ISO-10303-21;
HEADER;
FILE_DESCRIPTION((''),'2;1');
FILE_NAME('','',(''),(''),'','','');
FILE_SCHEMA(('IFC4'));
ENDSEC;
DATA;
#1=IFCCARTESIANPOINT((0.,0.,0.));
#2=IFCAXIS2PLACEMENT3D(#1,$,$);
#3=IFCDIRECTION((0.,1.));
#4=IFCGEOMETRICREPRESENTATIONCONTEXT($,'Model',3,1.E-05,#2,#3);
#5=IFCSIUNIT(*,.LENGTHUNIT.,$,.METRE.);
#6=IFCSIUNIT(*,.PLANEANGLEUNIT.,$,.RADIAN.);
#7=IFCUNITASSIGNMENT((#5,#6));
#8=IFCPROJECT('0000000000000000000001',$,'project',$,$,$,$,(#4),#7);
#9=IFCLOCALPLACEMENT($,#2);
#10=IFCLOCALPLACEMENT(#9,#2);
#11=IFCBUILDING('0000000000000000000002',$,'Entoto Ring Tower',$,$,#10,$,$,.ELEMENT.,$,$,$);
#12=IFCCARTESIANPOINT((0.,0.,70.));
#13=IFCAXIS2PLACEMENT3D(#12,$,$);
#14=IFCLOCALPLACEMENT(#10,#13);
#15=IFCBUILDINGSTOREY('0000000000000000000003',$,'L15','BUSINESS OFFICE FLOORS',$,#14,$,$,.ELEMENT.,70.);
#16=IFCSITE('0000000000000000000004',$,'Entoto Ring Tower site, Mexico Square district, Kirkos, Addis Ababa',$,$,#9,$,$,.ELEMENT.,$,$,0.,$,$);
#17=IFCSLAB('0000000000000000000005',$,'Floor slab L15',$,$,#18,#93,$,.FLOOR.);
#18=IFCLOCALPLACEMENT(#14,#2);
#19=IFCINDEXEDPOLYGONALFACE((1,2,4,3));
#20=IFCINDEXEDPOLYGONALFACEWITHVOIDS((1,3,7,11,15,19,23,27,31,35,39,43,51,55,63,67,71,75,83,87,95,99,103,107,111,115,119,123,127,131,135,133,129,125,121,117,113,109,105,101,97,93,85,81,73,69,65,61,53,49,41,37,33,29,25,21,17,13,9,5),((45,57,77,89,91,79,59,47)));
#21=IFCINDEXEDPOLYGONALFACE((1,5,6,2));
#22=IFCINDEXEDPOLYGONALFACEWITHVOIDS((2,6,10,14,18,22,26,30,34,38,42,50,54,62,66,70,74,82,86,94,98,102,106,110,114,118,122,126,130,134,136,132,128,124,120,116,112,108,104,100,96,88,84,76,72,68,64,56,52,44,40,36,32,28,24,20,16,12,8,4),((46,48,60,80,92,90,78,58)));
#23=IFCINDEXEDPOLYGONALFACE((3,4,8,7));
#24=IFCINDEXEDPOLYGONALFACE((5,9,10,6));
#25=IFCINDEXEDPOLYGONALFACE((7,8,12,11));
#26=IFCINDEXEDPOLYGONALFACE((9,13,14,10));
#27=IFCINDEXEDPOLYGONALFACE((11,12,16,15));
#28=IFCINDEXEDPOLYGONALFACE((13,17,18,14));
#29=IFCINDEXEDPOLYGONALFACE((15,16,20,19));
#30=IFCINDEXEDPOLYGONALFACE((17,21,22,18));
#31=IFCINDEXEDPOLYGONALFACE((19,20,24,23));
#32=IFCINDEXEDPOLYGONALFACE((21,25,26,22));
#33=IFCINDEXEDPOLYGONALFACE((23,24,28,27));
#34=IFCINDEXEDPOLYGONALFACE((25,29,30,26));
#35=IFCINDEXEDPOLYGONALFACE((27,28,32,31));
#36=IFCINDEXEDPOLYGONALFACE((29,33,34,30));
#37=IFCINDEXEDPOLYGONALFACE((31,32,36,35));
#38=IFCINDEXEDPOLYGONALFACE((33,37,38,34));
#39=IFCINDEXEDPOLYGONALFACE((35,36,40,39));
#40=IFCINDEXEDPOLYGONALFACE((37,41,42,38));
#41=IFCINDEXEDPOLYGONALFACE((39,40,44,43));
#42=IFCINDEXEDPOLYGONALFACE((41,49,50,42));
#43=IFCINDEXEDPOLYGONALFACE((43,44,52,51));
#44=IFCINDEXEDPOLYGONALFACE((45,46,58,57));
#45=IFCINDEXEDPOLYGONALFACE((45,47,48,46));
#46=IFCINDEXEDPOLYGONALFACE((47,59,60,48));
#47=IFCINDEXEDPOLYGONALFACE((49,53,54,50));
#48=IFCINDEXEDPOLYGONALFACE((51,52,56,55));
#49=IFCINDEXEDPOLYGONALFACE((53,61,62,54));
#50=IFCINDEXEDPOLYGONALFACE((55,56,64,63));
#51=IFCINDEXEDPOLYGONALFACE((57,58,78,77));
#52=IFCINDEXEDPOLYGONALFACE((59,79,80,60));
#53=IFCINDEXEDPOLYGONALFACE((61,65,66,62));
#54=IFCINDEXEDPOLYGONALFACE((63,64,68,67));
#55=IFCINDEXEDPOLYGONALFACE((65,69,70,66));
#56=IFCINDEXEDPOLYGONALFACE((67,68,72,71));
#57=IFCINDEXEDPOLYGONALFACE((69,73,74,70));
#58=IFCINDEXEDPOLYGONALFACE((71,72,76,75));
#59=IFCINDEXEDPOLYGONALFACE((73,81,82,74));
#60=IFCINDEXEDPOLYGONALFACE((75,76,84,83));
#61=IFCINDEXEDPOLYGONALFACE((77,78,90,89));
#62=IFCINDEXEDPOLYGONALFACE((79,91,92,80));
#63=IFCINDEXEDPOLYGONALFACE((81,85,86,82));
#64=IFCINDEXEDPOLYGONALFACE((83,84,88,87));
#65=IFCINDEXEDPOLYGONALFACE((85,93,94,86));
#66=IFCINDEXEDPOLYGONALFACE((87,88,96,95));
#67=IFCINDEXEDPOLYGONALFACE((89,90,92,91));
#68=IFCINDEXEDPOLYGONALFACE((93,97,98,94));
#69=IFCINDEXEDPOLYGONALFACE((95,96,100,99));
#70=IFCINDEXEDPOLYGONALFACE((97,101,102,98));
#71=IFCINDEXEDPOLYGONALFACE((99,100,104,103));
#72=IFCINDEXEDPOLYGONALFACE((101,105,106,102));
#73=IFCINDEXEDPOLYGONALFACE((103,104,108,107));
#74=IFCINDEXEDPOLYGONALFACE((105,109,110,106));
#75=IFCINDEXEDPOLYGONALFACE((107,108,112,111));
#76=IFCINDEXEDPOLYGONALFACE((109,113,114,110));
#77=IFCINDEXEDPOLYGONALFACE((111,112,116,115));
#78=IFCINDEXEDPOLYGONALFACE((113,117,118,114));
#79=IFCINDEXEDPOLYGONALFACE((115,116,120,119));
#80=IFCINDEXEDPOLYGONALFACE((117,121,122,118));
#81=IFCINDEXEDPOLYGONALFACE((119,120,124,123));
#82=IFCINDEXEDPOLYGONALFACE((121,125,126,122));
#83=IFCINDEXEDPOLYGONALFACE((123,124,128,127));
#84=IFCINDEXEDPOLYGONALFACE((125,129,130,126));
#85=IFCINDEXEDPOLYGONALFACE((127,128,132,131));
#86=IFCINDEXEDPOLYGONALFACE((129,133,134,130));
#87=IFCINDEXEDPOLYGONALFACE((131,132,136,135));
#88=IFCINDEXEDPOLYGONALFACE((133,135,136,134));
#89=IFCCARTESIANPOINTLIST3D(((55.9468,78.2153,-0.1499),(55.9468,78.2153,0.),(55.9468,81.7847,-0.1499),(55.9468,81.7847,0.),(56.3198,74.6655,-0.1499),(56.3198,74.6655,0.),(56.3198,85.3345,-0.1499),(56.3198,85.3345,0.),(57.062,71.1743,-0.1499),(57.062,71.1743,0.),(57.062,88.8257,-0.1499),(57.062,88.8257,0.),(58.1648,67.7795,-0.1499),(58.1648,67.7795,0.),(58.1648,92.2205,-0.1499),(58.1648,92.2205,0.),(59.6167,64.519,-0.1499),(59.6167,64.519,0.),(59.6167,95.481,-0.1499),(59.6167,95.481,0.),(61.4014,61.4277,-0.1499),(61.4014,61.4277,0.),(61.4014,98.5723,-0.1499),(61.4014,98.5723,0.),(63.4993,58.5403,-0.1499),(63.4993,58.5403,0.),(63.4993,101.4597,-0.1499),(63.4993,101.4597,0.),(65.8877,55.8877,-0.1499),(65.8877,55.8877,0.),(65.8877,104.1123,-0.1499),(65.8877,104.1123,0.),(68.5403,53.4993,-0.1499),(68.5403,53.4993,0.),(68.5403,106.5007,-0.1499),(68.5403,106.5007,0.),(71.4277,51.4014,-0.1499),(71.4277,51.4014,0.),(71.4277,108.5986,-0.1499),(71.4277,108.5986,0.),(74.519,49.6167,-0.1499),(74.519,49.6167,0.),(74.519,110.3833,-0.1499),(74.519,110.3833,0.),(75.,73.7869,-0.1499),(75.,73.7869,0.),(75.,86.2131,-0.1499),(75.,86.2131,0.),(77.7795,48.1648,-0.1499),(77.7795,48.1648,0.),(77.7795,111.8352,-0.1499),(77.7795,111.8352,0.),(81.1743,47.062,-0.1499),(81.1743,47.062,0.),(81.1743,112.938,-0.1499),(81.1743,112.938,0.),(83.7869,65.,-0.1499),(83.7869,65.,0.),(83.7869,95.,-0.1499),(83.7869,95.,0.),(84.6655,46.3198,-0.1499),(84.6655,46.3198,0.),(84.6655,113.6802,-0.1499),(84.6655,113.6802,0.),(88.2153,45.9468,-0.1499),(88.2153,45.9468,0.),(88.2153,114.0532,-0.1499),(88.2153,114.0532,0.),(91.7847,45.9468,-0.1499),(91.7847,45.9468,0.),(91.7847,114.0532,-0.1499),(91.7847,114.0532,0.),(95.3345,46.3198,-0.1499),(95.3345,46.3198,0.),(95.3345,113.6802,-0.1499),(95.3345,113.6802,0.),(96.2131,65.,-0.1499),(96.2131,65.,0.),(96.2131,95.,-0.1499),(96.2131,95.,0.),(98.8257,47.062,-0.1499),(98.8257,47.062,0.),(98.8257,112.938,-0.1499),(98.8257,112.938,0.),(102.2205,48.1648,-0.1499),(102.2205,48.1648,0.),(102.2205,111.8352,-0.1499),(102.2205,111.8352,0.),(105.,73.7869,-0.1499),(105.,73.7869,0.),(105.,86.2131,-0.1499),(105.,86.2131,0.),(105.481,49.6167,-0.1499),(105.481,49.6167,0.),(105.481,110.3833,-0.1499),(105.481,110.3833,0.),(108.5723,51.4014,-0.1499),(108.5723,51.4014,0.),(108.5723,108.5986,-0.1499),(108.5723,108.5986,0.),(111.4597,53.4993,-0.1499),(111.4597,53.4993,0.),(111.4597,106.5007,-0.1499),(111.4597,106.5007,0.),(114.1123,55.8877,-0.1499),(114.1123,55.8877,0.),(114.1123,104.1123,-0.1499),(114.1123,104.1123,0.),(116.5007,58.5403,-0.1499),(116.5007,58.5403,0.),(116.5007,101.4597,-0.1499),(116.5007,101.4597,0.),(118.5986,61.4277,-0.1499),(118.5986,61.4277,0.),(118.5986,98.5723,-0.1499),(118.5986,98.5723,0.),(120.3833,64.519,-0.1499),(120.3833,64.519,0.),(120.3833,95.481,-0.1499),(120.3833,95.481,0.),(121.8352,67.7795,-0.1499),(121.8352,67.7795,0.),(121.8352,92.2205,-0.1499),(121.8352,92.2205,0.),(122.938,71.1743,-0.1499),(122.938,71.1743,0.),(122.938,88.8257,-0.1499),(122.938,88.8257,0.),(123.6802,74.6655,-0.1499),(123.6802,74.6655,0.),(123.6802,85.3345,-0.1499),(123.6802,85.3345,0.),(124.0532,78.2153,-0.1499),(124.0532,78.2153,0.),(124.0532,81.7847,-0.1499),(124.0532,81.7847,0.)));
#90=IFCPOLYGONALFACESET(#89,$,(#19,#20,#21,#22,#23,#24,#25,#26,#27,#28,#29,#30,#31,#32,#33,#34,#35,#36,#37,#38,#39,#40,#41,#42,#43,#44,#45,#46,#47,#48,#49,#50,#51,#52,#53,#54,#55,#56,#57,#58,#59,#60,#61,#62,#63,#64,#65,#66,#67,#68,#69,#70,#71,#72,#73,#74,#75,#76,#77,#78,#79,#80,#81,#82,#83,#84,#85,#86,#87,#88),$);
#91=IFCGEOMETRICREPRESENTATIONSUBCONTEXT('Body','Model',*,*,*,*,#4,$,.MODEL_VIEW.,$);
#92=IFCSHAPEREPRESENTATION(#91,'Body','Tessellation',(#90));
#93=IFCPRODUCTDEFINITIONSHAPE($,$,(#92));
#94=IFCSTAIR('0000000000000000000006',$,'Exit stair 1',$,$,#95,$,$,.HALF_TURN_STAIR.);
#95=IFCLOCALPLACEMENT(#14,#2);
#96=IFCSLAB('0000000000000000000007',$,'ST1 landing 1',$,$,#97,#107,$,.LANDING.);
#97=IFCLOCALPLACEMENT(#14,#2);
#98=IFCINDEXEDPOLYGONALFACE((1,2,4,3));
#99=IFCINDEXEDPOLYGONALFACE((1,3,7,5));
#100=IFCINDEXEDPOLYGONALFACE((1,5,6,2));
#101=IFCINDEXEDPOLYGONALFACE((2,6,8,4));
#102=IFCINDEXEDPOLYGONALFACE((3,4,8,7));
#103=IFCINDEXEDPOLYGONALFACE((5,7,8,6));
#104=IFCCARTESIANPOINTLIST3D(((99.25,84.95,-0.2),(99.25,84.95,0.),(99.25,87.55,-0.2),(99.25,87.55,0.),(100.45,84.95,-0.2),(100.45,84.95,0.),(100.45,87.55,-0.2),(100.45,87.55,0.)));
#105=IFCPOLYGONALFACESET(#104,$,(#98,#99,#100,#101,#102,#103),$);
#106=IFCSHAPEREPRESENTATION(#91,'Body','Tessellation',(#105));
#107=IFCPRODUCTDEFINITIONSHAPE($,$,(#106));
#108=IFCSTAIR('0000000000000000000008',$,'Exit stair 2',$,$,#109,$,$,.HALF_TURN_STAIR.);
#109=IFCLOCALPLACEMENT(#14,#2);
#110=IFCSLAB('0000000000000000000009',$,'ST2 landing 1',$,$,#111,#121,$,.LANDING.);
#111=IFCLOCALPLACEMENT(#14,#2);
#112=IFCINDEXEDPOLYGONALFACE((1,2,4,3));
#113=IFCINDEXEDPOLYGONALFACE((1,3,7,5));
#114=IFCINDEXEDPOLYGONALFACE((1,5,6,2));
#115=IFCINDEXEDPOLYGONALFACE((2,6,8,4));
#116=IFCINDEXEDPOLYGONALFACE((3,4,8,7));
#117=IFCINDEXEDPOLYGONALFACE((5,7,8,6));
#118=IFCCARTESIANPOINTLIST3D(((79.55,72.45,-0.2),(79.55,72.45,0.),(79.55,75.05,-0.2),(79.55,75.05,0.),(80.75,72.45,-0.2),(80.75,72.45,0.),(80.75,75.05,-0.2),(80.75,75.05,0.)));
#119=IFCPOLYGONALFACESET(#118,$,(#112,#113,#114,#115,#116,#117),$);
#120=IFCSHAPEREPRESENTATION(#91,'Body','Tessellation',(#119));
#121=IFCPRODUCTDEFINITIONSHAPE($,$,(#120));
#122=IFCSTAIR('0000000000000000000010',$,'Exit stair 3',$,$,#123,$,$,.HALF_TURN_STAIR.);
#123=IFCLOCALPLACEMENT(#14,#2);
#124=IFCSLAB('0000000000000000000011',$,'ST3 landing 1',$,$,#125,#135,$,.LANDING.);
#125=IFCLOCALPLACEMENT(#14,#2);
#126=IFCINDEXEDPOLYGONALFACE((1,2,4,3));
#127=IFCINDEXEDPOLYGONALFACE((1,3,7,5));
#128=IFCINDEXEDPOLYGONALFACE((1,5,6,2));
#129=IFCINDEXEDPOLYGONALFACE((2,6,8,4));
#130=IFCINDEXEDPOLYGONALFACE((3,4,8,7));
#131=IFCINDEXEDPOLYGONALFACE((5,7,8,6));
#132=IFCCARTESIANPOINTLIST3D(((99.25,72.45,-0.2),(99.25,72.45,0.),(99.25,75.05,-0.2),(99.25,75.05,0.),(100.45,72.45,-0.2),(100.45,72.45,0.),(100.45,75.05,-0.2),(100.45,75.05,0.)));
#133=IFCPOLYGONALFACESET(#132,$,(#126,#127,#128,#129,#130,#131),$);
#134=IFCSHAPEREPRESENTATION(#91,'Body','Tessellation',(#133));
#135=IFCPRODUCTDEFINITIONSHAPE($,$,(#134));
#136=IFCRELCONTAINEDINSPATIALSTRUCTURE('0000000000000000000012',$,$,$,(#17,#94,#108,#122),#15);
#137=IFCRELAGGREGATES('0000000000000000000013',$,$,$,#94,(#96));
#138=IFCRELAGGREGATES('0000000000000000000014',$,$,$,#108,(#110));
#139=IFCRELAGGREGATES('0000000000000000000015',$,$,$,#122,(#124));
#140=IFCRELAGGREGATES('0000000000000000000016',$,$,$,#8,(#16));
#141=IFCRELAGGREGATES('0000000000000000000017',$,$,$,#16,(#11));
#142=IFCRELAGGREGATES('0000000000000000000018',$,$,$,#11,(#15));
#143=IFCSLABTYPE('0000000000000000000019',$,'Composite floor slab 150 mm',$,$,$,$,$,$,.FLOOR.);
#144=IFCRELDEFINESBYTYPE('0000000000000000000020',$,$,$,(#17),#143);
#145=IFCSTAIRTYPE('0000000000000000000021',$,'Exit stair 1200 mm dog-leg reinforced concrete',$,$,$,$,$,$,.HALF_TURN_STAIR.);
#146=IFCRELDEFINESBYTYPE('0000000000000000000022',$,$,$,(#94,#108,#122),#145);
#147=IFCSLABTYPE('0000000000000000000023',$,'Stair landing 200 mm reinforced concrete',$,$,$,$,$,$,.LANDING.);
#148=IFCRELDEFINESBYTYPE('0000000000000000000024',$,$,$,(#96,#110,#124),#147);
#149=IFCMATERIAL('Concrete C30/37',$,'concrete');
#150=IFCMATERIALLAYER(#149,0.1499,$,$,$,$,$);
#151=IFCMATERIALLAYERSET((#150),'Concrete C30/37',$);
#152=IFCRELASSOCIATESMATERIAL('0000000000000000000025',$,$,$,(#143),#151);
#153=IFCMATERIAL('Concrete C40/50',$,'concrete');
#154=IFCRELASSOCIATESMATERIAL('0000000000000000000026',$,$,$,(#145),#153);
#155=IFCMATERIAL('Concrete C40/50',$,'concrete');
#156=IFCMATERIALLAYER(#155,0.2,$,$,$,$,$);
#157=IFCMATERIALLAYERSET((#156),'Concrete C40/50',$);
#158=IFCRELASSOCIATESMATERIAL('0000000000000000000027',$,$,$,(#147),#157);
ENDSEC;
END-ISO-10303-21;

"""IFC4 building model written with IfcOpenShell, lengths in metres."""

from ifc_helpers import new_model, si_unit, direction, frame, origin, place, context, subcontext, project, spatial, polyline, outline, extrude, material, layer, layer_set, type_object, element, aggregate, save


model = new_model("IFC4")

# Units and contexts
model_context = context("Model", 3, precision=1e-05, world=origin(), true_north=direction((0.0, 1.0)))
body_context = subcontext(model_context, "Body", "Model", "MODEL_VIEW")
ifc_project = project(units=[si_unit("LENGTHUNIT", "METRE"), si_unit("PLANEANGLEUNIT", "RADIAN")], contexts=[model_context])

# Site, building, storey
site_placement = place(None, origin())
building_placement = place(site_placement, origin())
storey_placement = place(building_placement, frame((0.0, 0.0, 70.0)))
site = spatial("IfcSite", under=ifc_project, at=site_placement, Name="Entoto Ring Tower site, Mexico Square district, Kirkos, Addis Ababa", CompositionType="ELEMENT", RefElevation=0.0)
building = spatial("IfcBuilding", under=site, at=building_placement, Name="Entoto Ring Tower", CompositionType="ELEMENT")
storey = spatial("IfcBuildingStorey", under=building, at=storey_placement, Name="L15", Description="BUSINESS OFFICE FLOORS", CompositionType="ELEMENT", Elevation=70.0)

# Slab
ifc_material_1 = material(Name="Concrete C30/37", Category="concrete")
ifc_layer_1 = layer(ifc_material_1, 0.1499)
ifc_layer_set_1 = layer_set([ifc_layer_1], Name="Concrete C30/37")
slab_type_1 = type_object("IfcSlabType", Name="Composite floor slab 150 mm", PredefinedType="FLOOR", material=ifc_layer_set_1)
slab_1_placement = place(storey_placement, frame((0.0, 0.0, -0.1499)))
element("IfcSlab", 1, at=slab_1_placement, inside=storey, type_object=slab_type_1, Name="Floor slab L15", PredefinedType="FLOOR", context=body_context, shape_type="SweptSolid", body=[
    extrude(outline(polyline([(123.6802, 85.3345), (122.938, 88.8257), (121.8352, 92.2205), (120.3833, 95.481), (118.5986, 98.5723), (116.5007, 101.4597), (114.1123, 104.1123), (111.4597, 106.5007), (108.5723, 108.5986), (105.481, 110.3833), (102.2205, 111.8352), (98.8257, 112.938), (95.3345, 113.6802), (91.7847, 114.0532), (88.2153, 114.0532), (84.6655, 113.6802), (81.1743, 112.938), (77.7795, 111.8352), (74.519, 110.3833), (71.4277, 108.5986), (68.5403, 106.5007), (65.8877, 104.1123), (63.4993, 101.4597), (61.4014, 98.5723), (59.6167, 95.481), (58.1648, 92.2205), (57.062, 88.8257), (56.3198, 85.3345), (55.9468, 81.7847), (55.9468, 78.2153), (56.3198, 74.6655), (57.062, 71.1743), (58.1648, 67.7795), (59.6167, 64.519), (61.4014, 61.4277), (63.4993, 58.5403), (65.8877, 55.8877), (68.5403, 53.4993), (71.4277, 51.4014), (74.519, 49.6167), (77.7795, 48.1648), (81.1743, 47.062), (84.6655, 46.3198), (88.2153, 45.9468), (91.7847, 45.9468), (95.3345, 46.3198), (98.8257, 47.062), (102.2205, 48.1648), (105.481, 49.6167), (108.5723, 51.4014), (111.4597, 53.4993), (114.1123, 55.8877), (116.5007, 58.5403), (118.5986, 61.4277), (120.3833, 64.519), (121.8352, 67.7795), (122.938, 71.1743), (123.6802, 74.6655), (124.0532, 78.2153), (124.0532, 81.7847), (123.6802, 85.3345)]), holes=[polyline([(105.0, 73.7869), (105.0, 86.2131), (96.2131, 95.0), (83.7869, 95.0), (75.0, 86.2131), (75.0, 73.7869), (83.7869, 65.0), (96.2131, 65.0), (105.0, 73.7869)])]), origin(), (0.0, 0.0, 1.0), 0.1499),
])

# Stairs, slabs
ifc_material_2 = material(Name="Concrete C40/50", Category="concrete")
stair_type = type_object("IfcStairType", Name="Exit stair 1200 mm dog-leg reinforced concrete", PredefinedType="HALF_TURN_STAIR", material=ifc_material_2)
stair_1_placement = place(storey_placement, origin())
stair_1 = element("IfcStair", 2, at=stair_1_placement, inside=storey, type_object=stair_type, Name="Exit stair 1", PredefinedType="HALF_TURN_STAIR")
ifc_material_3 = material(Name="Concrete C40/50", Category="concrete")
ifc_layer_2 = layer(ifc_material_3, 0.2)
ifc_layer_set_2 = layer_set([ifc_layer_2], Name="Concrete C40/50")
slab_type_2 = type_object("IfcSlabType", Name="Stair landing 200 mm reinforced concrete", PredefinedType="LANDING", material=ifc_layer_set_2)
slab_2_placement = place(storey_placement, frame((0.0, 0.0, -0.2)))
slab_2 = element("IfcSlab", 3, at=slab_2_placement, type_object=slab_type_2, Name="ST1 landing 1", PredefinedType="LANDING", context=body_context, shape_type="SweptSolid", body=[
    extrude(outline(polyline([(100.45, 84.95), (100.45, 87.55), (99.25, 87.55), (99.25, 84.95), (100.45, 84.95)])), origin(), (0.0, 0.0, 1.0), 0.2),
])
aggregate(stair_1, [slab_2])
stair_2_placement = place(storey_placement, origin())
stair_2 = element("IfcStair", 4, at=stair_2_placement, inside=storey, type_object=stair_type, Name="Exit stair 2", PredefinedType="HALF_TURN_STAIR")
slab_3_placement = place(storey_placement, frame((0.0, 0.0, -0.2)))
slab_3 = element("IfcSlab", 5, at=slab_3_placement, type_object=slab_type_2, Name="ST2 landing 1", PredefinedType="LANDING", context=body_context, shape_type="SweptSolid", body=[
    extrude(outline(polyline([(80.75, 72.45), (80.75, 75.05), (79.55, 75.05), (79.55, 72.45), (80.75, 72.45)])), origin(), (0.0, 0.0, 1.0), 0.2),
])
aggregate(stair_2, [slab_3])
stair_3_placement = place(storey_placement, origin())
stair_3 = element("IfcStair", 6, at=stair_3_placement, inside=storey, type_object=stair_type, Name="Exit stair 3", PredefinedType="HALF_TURN_STAIR")
slab_4_placement = place(storey_placement, frame((0.0, 0.0, -0.2)))
slab_4 = element("IfcSlab", 7, at=slab_4_placement, type_object=slab_type_2, Name="ST3 landing 1", PredefinedType="LANDING", context=body_context, shape_type="SweptSolid", body=[
    extrude(outline(polyline([(100.45, 72.45), (100.45, 75.05), (99.25, 75.05), (99.25, 72.45), (100.45, 72.45)])), origin(), (0.0, 0.0, 1.0), 0.2),
])
aggregate(stair_3, [slab_4])

save(model, "model.ifc")
